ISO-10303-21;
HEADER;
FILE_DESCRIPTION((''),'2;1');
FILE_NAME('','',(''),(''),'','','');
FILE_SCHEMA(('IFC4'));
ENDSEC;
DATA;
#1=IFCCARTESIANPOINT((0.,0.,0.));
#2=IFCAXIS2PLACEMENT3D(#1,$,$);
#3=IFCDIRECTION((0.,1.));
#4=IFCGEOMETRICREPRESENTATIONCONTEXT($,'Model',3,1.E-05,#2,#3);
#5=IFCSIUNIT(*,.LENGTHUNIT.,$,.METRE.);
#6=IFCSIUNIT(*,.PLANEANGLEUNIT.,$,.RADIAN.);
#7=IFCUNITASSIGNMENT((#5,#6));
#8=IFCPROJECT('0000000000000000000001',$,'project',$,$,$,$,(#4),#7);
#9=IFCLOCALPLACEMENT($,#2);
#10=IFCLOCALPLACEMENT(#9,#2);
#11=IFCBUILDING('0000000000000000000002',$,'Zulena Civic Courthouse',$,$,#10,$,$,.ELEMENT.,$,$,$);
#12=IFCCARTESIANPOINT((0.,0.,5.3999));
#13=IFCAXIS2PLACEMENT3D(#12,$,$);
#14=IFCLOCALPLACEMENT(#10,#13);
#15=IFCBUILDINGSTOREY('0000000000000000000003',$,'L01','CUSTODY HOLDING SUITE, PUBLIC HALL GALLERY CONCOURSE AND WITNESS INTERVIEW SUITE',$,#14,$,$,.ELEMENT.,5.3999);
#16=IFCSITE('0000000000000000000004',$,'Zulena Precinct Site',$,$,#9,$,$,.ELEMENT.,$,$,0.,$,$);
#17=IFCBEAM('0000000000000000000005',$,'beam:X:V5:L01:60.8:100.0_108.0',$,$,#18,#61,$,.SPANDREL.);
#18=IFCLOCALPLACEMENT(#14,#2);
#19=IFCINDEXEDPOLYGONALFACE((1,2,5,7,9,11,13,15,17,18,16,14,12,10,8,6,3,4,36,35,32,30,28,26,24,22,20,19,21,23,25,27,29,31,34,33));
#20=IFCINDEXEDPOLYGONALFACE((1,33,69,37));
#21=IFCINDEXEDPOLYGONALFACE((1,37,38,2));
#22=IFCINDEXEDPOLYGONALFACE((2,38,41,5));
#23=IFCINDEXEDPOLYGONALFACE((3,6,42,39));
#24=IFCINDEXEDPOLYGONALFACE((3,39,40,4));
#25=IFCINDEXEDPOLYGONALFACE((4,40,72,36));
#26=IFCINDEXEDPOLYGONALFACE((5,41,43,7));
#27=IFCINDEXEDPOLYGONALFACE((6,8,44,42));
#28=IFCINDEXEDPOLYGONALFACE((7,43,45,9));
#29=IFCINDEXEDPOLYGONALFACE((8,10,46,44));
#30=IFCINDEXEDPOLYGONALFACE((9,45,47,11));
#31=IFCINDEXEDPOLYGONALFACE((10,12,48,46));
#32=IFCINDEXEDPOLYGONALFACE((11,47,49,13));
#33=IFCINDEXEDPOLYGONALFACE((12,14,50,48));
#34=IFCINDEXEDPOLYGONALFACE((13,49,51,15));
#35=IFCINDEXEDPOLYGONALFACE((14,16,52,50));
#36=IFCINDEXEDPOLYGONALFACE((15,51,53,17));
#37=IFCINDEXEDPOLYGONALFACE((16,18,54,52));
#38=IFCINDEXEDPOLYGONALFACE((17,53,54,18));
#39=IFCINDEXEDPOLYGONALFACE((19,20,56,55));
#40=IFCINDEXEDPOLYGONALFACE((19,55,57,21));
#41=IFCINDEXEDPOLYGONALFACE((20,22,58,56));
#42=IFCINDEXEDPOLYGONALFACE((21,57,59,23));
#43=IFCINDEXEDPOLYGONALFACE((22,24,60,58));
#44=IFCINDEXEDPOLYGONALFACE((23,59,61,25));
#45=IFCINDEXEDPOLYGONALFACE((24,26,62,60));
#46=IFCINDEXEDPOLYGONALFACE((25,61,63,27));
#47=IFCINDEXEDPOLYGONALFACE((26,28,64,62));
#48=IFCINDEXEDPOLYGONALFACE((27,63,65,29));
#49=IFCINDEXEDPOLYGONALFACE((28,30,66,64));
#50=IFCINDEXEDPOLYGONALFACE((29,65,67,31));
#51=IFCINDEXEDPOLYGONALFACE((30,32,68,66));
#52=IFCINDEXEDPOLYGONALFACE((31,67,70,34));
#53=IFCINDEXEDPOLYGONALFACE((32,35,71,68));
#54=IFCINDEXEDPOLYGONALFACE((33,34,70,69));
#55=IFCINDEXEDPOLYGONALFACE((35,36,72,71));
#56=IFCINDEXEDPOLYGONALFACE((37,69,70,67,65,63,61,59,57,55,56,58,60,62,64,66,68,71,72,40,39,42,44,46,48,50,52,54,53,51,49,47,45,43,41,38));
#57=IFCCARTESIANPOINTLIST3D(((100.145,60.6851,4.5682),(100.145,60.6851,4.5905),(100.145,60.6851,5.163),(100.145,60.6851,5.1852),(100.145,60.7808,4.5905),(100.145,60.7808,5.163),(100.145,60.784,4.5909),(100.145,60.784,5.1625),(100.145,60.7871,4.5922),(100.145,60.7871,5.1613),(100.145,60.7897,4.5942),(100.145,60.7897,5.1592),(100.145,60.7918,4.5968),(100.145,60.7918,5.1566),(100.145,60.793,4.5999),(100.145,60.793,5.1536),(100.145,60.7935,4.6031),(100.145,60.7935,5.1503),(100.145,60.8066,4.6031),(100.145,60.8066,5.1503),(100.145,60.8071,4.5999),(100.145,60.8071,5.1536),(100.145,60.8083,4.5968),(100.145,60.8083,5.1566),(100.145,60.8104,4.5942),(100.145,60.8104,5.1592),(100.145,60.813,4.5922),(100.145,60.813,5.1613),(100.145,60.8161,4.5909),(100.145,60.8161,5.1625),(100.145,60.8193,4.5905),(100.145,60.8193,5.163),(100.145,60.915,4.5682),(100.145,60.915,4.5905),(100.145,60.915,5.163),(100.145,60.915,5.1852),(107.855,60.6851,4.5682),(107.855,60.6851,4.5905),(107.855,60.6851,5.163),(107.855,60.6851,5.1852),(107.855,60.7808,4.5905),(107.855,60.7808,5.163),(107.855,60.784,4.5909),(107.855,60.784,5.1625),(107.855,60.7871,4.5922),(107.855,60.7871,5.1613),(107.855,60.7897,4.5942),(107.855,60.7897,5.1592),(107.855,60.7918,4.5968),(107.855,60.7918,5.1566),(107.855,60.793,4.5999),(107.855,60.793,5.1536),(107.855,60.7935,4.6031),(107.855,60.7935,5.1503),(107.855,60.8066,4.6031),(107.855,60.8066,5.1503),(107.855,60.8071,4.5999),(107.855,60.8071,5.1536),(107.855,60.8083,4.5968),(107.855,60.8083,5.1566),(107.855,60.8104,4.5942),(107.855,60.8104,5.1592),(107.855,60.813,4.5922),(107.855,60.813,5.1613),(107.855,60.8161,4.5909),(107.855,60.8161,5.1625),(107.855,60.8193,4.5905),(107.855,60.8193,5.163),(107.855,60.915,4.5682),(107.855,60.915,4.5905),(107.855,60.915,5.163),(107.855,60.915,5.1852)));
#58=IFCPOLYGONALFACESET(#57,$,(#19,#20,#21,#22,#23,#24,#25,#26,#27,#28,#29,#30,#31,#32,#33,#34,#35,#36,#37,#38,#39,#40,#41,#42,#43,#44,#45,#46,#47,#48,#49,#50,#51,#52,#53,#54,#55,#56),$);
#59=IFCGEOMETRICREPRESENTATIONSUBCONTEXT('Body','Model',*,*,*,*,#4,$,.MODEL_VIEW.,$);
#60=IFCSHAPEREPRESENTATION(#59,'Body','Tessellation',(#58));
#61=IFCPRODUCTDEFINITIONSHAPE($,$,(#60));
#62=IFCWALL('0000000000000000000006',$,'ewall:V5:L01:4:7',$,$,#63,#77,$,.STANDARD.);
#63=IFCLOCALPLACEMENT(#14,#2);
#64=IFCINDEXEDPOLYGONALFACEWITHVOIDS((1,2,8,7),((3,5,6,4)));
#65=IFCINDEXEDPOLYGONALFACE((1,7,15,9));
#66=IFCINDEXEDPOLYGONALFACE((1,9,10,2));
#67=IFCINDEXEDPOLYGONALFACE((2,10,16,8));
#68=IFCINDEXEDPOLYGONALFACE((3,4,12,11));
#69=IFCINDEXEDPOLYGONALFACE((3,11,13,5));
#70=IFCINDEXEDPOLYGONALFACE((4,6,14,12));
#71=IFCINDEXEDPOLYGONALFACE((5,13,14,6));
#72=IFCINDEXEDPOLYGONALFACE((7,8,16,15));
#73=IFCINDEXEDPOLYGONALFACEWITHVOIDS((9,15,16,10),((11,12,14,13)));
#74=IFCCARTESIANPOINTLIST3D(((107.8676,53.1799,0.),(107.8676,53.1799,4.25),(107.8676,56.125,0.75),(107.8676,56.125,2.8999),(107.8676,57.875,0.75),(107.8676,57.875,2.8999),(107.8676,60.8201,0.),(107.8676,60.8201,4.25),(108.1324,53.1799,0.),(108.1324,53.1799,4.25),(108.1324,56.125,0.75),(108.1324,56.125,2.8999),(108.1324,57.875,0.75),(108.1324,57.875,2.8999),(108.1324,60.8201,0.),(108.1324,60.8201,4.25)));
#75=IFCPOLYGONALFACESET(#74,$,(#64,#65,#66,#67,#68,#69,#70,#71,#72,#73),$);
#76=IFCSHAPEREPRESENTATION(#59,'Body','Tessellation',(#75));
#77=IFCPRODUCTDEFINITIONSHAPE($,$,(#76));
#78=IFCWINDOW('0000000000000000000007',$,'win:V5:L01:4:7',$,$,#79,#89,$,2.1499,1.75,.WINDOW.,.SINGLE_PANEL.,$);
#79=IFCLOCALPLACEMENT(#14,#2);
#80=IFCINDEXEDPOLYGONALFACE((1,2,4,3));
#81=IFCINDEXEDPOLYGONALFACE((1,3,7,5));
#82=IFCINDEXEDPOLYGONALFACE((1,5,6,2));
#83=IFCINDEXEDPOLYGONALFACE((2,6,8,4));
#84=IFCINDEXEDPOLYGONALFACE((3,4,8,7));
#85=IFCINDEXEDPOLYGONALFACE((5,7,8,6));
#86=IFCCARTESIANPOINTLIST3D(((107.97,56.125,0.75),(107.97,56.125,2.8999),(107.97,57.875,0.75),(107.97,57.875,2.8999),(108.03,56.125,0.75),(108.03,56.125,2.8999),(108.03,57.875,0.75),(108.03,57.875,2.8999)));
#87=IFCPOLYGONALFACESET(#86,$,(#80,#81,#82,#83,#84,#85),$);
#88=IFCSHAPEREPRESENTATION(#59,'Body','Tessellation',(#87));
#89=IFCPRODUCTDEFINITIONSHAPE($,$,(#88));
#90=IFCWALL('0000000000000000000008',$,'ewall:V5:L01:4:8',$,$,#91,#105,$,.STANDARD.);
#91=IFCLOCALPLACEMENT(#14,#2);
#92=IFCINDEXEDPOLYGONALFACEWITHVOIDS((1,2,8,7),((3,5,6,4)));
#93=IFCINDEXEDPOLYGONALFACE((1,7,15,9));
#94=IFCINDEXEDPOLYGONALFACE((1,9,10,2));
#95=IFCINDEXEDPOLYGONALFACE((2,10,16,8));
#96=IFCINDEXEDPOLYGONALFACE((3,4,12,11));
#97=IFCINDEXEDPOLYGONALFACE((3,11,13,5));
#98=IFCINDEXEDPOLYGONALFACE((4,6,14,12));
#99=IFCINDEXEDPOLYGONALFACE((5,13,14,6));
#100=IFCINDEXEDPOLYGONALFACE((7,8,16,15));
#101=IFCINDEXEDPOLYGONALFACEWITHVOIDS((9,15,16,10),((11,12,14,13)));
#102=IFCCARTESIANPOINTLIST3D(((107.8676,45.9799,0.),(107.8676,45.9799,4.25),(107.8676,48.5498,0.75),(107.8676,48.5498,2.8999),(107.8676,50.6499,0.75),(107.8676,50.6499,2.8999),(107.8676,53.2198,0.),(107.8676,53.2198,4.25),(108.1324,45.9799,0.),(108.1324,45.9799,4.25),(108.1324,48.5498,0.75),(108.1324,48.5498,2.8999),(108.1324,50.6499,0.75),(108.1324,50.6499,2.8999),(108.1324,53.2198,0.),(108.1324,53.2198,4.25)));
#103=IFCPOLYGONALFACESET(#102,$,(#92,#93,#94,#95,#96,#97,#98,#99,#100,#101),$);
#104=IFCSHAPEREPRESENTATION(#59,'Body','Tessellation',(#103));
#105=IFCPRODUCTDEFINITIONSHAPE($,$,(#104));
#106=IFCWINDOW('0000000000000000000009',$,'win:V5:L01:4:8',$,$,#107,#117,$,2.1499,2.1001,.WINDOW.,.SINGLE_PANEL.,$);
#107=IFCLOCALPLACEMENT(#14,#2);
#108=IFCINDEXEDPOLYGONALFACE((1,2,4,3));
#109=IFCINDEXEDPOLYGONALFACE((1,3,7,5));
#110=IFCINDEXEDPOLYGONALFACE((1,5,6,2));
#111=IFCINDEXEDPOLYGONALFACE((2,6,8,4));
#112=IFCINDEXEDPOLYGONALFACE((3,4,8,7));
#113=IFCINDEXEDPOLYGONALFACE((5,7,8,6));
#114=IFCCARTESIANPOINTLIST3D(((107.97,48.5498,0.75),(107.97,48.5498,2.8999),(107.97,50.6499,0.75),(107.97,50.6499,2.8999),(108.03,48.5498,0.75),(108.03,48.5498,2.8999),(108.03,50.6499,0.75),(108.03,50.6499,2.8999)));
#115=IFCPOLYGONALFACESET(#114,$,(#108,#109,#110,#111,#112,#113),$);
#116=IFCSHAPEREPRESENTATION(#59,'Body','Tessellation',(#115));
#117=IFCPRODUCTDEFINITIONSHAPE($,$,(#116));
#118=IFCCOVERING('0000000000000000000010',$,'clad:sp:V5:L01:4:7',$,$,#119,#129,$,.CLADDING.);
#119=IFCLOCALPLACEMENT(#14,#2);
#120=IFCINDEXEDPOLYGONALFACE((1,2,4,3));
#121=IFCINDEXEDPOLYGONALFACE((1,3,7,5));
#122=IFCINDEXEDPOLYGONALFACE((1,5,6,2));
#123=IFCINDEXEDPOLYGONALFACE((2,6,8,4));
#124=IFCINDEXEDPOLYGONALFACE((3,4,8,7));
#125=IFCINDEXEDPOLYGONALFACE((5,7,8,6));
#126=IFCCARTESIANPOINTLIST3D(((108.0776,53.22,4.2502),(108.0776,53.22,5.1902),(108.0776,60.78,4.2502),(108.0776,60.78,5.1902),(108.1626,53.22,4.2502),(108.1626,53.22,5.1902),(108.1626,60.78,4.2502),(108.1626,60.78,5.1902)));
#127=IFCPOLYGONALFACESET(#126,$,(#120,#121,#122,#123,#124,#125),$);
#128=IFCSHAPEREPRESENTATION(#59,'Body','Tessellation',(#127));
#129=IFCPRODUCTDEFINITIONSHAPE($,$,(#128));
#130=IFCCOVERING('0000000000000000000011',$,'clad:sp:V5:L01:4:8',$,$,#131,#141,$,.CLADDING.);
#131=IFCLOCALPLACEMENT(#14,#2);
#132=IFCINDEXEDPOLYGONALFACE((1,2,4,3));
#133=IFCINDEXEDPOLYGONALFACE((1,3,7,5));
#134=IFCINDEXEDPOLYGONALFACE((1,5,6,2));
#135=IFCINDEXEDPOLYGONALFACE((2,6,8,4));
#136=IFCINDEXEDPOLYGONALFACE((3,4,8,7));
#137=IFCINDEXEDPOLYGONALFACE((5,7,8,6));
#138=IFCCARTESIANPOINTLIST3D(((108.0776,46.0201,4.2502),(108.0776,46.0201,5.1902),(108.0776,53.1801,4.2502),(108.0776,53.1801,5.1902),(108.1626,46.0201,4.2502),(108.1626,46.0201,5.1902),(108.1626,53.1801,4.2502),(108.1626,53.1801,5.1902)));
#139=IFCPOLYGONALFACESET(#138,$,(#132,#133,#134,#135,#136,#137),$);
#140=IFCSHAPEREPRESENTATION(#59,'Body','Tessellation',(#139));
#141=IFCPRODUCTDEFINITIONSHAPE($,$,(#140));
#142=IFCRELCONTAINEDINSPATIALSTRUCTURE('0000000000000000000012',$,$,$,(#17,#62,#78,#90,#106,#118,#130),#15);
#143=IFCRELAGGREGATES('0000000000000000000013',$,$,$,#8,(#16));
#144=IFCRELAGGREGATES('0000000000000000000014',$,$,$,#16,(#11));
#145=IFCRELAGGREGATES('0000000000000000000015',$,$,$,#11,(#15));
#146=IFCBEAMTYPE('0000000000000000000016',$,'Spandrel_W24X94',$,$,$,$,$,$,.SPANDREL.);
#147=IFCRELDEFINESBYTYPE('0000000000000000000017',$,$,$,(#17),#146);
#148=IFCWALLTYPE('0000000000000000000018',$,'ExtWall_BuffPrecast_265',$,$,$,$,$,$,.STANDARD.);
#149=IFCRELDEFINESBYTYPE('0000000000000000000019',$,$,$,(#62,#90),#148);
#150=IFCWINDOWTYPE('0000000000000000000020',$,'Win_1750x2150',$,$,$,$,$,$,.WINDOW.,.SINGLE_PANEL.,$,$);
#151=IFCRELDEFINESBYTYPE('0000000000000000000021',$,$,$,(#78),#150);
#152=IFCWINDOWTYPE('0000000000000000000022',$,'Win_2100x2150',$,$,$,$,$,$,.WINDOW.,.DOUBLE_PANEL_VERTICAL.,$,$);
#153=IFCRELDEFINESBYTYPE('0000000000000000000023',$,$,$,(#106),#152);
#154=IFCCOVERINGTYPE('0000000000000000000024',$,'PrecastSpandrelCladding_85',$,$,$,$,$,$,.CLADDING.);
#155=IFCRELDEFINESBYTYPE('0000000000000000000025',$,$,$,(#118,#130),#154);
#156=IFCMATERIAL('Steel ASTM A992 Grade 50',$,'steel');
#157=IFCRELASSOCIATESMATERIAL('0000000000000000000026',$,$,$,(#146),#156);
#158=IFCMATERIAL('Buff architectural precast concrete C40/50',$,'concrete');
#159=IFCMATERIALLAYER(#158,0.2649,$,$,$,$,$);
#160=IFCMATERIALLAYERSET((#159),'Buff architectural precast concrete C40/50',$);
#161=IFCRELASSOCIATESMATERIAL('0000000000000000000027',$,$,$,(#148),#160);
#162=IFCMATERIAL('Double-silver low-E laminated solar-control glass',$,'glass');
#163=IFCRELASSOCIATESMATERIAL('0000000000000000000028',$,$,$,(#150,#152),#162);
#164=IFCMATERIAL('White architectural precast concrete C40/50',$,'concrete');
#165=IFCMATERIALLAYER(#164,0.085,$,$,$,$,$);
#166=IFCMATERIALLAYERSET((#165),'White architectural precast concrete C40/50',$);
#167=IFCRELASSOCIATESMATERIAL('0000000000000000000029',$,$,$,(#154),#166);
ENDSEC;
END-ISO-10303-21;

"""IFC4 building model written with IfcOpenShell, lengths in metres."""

from ifc_helpers import new_model, si_unit, direction, frame, frame_2d, origin, origin_2d, place, context, subcontext, project, spatial, rectangle, i_section, extrude, material, layer, layer_set, material_profile, profile_set, type_object, element, fill, save


model = new_model("IFC4")

# Units and contexts
model_context = context("Model", 3, precision=1e-05, world=origin(), true_north=direction((0.0, 1.0)))
body_context = subcontext(model_context, "Body", "Model", "MODEL_VIEW")
ifc_project = project(units=[si_unit("LENGTHUNIT", "METRE"), si_unit("PLANEANGLEUNIT", "RADIAN")], contexts=[model_context])

# Site, building, storey
site_placement = place(None, origin())
site = spatial("IfcSite", under=ifc_project, at=site_placement, Name="Zulena Precinct Site", CompositionType="ELEMENT", RefElevation=0.0)
building_placement = place(site_placement, origin())
building = spatial("IfcBuilding", under=site, at=building_placement, Name="Zulena Civic Courthouse", CompositionType="ELEMENT")
storey_placement = place(building_placement, frame((0.0, 0.0, 5.3999)))
storey = spatial("IfcBuildingStorey", under=building, at=storey_placement, Name="L01", Description="CUSTODY HOLDING SUITE, PUBLIC HALL GALLERY CONCOURSE AND WITNESS INTERVIEW SUITE", CompositionType="ELEMENT", Elevation=5.3999)

# Shared definitions
ifc_material_1 = material(Name="Steel ASTM A992 Grade 50", Category="steel")

# Beam
ifc_material_profile_1 = material_profile(ifc_material_1, i_section(OverallWidth=0.23, OverallDepth=0.6169, WebThickness=0.0132, FlangeThickness=0.0222, FilletRadius=0.0127, at=origin_2d()), Name="W24X94")
ifc_profile_set_1 = profile_set([ifc_material_profile_1], Name="Steel ASTM A992 Grade 50")
beam_type_1 = type_object("IfcBeamType", Name="Spandrel_W24X94", PredefinedType="SPANDREL", material=ifc_profile_set_1)
for number, where, z_axis, x_axis, name in (
    (1, (100.145, 60.8, 4.8767), (1.0, 0.0, 0.0), (0.0, 1.0, 0.0), "beam:X:V5:L01:60.8:100.0_108.0"),
):
    element("IfcBeam", number, at=place(storey_placement, frame(where, z_axis=z_axis, x_axis=x_axis)), inside=storey, type_object=beam_type_1, Name=name, PredefinedType="SPANDREL", context=body_context, shape_type="SweptSolid", body=[
        extrude(i_section(OverallWidth=0.23, OverallDepth=0.6169, WebThickness=0.0132, FlangeThickness=0.0222, FilletRadius=0.0127, at=origin_2d()), origin(), (0.0, 0.0, 1.0), 7.71),
    ])

# Walls, openings, windows
ifc_material_2 = material(Name="Buff architectural precast concrete C40/50", Category="concrete")
ifc_layer_1 = layer(ifc_material_2, 0.2649)
ifc_layer_set_1 = layer_set([ifc_layer_1], Name="Buff architectural precast concrete C40/50")
wall_type = type_object("IfcWallType", Name="ExtWall_BuffPrecast_265", PredefinedType="STANDARD", material=ifc_layer_set_1)
wall_1_placement = place(storey_placement, frame((108.0, 60.8201, 0.0), z_axis=(0.0, 0.0, 1.0), x_axis=(0.0, -1.0, 0.0)))
wall_1 = element("IfcWall", 2, at=wall_1_placement, inside=storey, type_object=wall_type, Name="ewall:V5:L01:4:7", PredefinedType="STANDARD", context=body_context, shape_type="SweptSolid", body=[
    extrude(rectangle(XDim=7.6401, YDim=0.2649, at=frame_2d((3.8201, 0.0))), origin(), (0.0, 0.0, 1.0), 4.25),
])
opening_1_placement = place(wall_1_placement, frame((2.9451, 0.0, 0.75)))
opening_1 = element("IfcOpeningElement", 3, at=opening_1_placement, cuts=wall_1, PredefinedType="OPENING", context=body_context, shape_type="SweptSolid", body=[
    extrude(rectangle(XDim=1.75, YDim=2.1499, at=frame_2d((0.875, 1.075))), frame((0.0, 0.1423, 0.0), z_axis=(0.0, -1.0, 0.0), x_axis=(1.0, 0.0, 0.0)), (0.0, 0.0, 1.0), 0.2849),
])
ifc_material_3 = material(Name="Double-silver low-E laminated solar-control glass", Category="glass")
window_type_1 = type_object("IfcWindowType", Name="Win_1750x2150", PartitioningType="SINGLE_PANEL", PredefinedType="WINDOW", material=ifc_material_3)
window_1_placement = place(opening_1_placement, origin())
window_1 = element("IfcWindow", 4, at=window_1_placement, inside=storey, type_object=window_type_1, Name="win:V5:L01:4:7", OverallHeight=2.1499, OverallWidth=1.75, PartitioningType="SINGLE_PANEL", PredefinedType="WINDOW", context=body_context, shape_type="SweptSolid", body=[
    extrude(rectangle(XDim=1.75, YDim=2.1499, at=frame_2d((0.875, 1.075))), frame((0.0, 0.03, 0.0), z_axis=(0.0, -1.0, 0.0), x_axis=(1.0, 0.0, 0.0)), (0.0, 0.0, 1.0), 0.0601),
])
fill(opening_1, window_1)
wall_2_placement = place(storey_placement, frame((108.0, 53.22, 0.0), z_axis=(0.0, 0.0, 1.0), x_axis=(0.0, -1.0, 0.0)))
wall_2 = element("IfcWall", 5, at=wall_2_placement, inside=storey, type_object=wall_type, Name="ewall:V5:L01:4:8", PredefinedType="STANDARD", context=body_context, shape_type="SweptSolid", body=[
    extrude(rectangle(XDim=7.24, YDim=0.2649, at=frame_2d((3.6201, 0.0))), origin(), (0.0, 0.0, 1.0), 4.25),
])
opening_2_placement = place(wall_2_placement, frame((2.5701, 0.0, 0.75)))
opening_2 = element("IfcOpeningElement", 6, at=opening_2_placement, cuts=wall_2, PredefinedType="OPENING", context=body_context, shape_type="SweptSolid", body=[
    extrude(rectangle(XDim=2.1001, YDim=2.1499, at=frame_2d((1.05, 1.075))), frame((0.0, 0.1423, 0.0), z_axis=(0.0, -1.0, 0.0), x_axis=(1.0, 0.0, 0.0)), (0.0, 0.0, 1.0), 0.2849),
])
window_type_2 = type_object("IfcWindowType", Name="Win_2100x2150", PartitioningType="DOUBLE_PANEL_VERTICAL", PredefinedType="WINDOW", material=ifc_material_3)
window_2_placement = place(opening_2_placement, origin())
window_2 = element("IfcWindow", 7, at=window_2_placement, inside=storey, type_object=window_type_2, Name="win:V5:L01:4:8", OverallHeight=2.1499, OverallWidth=2.1001, PartitioningType="SINGLE_PANEL", PredefinedType="WINDOW", context=body_context, shape_type="SweptSolid", body=[
    extrude(rectangle(XDim=2.1001, YDim=2.1499, at=frame_2d((1.05, 1.075))), frame((0.0, 0.03, 0.0), z_axis=(0.0, -1.0, 0.0), x_axis=(1.0, 0.0, 0.0)), (0.0, 0.0, 1.0), 0.0601),
])
fill(opening_2, window_2)

# Coverings
ifc_material_4 = material(Name="White architectural precast concrete C40/50", Category="concrete")
ifc_layer_2 = layer(ifc_material_4, 0.085)
ifc_layer_set_2 = layer_set([ifc_layer_2], Name="White architectural precast concrete C40/50")
covering_type = type_object("IfcCoveringType", Name="PrecastSpandrelCladding_85", PredefinedType="CLADDING", material=ifc_layer_set_2)
covering_1_placement = place(storey_placement, frame((108.1201, 57.0, 4.2502), z_axis=(0.0, 0.0, 1.0), x_axis=(0.0, -1.0, 0.0)))
element("IfcCovering", 8, at=covering_1_placement, inside=storey, type_object=covering_type, Name="clad:sp:V5:L01:4:7", PredefinedType="CLADDING", context=body_context, shape_type="SweptSolid", body=[
    extrude(rectangle(XDim=7.5601, YDim=0.085, at=origin_2d()), origin(), (0.0, 0.0, 1.0), 0.9399),
])
covering_2_placement = place(storey_placement, frame((108.1201, 49.6001, 4.2502), z_axis=(0.0, 0.0, 1.0), x_axis=(0.0, -1.0, 0.0)))
element("IfcCovering", 9, at=covering_2_placement, inside=storey, type_object=covering_type, Name="clad:sp:V5:L01:4:8", PredefinedType="CLADDING", context=body_context, shape_type="SweptSolid", body=[
    extrude(rectangle(XDim=7.1599, YDim=0.085, at=origin_2d()), origin(), (0.0, 0.0, 1.0), 0.9399),
])

save(model, "model.ifc")
